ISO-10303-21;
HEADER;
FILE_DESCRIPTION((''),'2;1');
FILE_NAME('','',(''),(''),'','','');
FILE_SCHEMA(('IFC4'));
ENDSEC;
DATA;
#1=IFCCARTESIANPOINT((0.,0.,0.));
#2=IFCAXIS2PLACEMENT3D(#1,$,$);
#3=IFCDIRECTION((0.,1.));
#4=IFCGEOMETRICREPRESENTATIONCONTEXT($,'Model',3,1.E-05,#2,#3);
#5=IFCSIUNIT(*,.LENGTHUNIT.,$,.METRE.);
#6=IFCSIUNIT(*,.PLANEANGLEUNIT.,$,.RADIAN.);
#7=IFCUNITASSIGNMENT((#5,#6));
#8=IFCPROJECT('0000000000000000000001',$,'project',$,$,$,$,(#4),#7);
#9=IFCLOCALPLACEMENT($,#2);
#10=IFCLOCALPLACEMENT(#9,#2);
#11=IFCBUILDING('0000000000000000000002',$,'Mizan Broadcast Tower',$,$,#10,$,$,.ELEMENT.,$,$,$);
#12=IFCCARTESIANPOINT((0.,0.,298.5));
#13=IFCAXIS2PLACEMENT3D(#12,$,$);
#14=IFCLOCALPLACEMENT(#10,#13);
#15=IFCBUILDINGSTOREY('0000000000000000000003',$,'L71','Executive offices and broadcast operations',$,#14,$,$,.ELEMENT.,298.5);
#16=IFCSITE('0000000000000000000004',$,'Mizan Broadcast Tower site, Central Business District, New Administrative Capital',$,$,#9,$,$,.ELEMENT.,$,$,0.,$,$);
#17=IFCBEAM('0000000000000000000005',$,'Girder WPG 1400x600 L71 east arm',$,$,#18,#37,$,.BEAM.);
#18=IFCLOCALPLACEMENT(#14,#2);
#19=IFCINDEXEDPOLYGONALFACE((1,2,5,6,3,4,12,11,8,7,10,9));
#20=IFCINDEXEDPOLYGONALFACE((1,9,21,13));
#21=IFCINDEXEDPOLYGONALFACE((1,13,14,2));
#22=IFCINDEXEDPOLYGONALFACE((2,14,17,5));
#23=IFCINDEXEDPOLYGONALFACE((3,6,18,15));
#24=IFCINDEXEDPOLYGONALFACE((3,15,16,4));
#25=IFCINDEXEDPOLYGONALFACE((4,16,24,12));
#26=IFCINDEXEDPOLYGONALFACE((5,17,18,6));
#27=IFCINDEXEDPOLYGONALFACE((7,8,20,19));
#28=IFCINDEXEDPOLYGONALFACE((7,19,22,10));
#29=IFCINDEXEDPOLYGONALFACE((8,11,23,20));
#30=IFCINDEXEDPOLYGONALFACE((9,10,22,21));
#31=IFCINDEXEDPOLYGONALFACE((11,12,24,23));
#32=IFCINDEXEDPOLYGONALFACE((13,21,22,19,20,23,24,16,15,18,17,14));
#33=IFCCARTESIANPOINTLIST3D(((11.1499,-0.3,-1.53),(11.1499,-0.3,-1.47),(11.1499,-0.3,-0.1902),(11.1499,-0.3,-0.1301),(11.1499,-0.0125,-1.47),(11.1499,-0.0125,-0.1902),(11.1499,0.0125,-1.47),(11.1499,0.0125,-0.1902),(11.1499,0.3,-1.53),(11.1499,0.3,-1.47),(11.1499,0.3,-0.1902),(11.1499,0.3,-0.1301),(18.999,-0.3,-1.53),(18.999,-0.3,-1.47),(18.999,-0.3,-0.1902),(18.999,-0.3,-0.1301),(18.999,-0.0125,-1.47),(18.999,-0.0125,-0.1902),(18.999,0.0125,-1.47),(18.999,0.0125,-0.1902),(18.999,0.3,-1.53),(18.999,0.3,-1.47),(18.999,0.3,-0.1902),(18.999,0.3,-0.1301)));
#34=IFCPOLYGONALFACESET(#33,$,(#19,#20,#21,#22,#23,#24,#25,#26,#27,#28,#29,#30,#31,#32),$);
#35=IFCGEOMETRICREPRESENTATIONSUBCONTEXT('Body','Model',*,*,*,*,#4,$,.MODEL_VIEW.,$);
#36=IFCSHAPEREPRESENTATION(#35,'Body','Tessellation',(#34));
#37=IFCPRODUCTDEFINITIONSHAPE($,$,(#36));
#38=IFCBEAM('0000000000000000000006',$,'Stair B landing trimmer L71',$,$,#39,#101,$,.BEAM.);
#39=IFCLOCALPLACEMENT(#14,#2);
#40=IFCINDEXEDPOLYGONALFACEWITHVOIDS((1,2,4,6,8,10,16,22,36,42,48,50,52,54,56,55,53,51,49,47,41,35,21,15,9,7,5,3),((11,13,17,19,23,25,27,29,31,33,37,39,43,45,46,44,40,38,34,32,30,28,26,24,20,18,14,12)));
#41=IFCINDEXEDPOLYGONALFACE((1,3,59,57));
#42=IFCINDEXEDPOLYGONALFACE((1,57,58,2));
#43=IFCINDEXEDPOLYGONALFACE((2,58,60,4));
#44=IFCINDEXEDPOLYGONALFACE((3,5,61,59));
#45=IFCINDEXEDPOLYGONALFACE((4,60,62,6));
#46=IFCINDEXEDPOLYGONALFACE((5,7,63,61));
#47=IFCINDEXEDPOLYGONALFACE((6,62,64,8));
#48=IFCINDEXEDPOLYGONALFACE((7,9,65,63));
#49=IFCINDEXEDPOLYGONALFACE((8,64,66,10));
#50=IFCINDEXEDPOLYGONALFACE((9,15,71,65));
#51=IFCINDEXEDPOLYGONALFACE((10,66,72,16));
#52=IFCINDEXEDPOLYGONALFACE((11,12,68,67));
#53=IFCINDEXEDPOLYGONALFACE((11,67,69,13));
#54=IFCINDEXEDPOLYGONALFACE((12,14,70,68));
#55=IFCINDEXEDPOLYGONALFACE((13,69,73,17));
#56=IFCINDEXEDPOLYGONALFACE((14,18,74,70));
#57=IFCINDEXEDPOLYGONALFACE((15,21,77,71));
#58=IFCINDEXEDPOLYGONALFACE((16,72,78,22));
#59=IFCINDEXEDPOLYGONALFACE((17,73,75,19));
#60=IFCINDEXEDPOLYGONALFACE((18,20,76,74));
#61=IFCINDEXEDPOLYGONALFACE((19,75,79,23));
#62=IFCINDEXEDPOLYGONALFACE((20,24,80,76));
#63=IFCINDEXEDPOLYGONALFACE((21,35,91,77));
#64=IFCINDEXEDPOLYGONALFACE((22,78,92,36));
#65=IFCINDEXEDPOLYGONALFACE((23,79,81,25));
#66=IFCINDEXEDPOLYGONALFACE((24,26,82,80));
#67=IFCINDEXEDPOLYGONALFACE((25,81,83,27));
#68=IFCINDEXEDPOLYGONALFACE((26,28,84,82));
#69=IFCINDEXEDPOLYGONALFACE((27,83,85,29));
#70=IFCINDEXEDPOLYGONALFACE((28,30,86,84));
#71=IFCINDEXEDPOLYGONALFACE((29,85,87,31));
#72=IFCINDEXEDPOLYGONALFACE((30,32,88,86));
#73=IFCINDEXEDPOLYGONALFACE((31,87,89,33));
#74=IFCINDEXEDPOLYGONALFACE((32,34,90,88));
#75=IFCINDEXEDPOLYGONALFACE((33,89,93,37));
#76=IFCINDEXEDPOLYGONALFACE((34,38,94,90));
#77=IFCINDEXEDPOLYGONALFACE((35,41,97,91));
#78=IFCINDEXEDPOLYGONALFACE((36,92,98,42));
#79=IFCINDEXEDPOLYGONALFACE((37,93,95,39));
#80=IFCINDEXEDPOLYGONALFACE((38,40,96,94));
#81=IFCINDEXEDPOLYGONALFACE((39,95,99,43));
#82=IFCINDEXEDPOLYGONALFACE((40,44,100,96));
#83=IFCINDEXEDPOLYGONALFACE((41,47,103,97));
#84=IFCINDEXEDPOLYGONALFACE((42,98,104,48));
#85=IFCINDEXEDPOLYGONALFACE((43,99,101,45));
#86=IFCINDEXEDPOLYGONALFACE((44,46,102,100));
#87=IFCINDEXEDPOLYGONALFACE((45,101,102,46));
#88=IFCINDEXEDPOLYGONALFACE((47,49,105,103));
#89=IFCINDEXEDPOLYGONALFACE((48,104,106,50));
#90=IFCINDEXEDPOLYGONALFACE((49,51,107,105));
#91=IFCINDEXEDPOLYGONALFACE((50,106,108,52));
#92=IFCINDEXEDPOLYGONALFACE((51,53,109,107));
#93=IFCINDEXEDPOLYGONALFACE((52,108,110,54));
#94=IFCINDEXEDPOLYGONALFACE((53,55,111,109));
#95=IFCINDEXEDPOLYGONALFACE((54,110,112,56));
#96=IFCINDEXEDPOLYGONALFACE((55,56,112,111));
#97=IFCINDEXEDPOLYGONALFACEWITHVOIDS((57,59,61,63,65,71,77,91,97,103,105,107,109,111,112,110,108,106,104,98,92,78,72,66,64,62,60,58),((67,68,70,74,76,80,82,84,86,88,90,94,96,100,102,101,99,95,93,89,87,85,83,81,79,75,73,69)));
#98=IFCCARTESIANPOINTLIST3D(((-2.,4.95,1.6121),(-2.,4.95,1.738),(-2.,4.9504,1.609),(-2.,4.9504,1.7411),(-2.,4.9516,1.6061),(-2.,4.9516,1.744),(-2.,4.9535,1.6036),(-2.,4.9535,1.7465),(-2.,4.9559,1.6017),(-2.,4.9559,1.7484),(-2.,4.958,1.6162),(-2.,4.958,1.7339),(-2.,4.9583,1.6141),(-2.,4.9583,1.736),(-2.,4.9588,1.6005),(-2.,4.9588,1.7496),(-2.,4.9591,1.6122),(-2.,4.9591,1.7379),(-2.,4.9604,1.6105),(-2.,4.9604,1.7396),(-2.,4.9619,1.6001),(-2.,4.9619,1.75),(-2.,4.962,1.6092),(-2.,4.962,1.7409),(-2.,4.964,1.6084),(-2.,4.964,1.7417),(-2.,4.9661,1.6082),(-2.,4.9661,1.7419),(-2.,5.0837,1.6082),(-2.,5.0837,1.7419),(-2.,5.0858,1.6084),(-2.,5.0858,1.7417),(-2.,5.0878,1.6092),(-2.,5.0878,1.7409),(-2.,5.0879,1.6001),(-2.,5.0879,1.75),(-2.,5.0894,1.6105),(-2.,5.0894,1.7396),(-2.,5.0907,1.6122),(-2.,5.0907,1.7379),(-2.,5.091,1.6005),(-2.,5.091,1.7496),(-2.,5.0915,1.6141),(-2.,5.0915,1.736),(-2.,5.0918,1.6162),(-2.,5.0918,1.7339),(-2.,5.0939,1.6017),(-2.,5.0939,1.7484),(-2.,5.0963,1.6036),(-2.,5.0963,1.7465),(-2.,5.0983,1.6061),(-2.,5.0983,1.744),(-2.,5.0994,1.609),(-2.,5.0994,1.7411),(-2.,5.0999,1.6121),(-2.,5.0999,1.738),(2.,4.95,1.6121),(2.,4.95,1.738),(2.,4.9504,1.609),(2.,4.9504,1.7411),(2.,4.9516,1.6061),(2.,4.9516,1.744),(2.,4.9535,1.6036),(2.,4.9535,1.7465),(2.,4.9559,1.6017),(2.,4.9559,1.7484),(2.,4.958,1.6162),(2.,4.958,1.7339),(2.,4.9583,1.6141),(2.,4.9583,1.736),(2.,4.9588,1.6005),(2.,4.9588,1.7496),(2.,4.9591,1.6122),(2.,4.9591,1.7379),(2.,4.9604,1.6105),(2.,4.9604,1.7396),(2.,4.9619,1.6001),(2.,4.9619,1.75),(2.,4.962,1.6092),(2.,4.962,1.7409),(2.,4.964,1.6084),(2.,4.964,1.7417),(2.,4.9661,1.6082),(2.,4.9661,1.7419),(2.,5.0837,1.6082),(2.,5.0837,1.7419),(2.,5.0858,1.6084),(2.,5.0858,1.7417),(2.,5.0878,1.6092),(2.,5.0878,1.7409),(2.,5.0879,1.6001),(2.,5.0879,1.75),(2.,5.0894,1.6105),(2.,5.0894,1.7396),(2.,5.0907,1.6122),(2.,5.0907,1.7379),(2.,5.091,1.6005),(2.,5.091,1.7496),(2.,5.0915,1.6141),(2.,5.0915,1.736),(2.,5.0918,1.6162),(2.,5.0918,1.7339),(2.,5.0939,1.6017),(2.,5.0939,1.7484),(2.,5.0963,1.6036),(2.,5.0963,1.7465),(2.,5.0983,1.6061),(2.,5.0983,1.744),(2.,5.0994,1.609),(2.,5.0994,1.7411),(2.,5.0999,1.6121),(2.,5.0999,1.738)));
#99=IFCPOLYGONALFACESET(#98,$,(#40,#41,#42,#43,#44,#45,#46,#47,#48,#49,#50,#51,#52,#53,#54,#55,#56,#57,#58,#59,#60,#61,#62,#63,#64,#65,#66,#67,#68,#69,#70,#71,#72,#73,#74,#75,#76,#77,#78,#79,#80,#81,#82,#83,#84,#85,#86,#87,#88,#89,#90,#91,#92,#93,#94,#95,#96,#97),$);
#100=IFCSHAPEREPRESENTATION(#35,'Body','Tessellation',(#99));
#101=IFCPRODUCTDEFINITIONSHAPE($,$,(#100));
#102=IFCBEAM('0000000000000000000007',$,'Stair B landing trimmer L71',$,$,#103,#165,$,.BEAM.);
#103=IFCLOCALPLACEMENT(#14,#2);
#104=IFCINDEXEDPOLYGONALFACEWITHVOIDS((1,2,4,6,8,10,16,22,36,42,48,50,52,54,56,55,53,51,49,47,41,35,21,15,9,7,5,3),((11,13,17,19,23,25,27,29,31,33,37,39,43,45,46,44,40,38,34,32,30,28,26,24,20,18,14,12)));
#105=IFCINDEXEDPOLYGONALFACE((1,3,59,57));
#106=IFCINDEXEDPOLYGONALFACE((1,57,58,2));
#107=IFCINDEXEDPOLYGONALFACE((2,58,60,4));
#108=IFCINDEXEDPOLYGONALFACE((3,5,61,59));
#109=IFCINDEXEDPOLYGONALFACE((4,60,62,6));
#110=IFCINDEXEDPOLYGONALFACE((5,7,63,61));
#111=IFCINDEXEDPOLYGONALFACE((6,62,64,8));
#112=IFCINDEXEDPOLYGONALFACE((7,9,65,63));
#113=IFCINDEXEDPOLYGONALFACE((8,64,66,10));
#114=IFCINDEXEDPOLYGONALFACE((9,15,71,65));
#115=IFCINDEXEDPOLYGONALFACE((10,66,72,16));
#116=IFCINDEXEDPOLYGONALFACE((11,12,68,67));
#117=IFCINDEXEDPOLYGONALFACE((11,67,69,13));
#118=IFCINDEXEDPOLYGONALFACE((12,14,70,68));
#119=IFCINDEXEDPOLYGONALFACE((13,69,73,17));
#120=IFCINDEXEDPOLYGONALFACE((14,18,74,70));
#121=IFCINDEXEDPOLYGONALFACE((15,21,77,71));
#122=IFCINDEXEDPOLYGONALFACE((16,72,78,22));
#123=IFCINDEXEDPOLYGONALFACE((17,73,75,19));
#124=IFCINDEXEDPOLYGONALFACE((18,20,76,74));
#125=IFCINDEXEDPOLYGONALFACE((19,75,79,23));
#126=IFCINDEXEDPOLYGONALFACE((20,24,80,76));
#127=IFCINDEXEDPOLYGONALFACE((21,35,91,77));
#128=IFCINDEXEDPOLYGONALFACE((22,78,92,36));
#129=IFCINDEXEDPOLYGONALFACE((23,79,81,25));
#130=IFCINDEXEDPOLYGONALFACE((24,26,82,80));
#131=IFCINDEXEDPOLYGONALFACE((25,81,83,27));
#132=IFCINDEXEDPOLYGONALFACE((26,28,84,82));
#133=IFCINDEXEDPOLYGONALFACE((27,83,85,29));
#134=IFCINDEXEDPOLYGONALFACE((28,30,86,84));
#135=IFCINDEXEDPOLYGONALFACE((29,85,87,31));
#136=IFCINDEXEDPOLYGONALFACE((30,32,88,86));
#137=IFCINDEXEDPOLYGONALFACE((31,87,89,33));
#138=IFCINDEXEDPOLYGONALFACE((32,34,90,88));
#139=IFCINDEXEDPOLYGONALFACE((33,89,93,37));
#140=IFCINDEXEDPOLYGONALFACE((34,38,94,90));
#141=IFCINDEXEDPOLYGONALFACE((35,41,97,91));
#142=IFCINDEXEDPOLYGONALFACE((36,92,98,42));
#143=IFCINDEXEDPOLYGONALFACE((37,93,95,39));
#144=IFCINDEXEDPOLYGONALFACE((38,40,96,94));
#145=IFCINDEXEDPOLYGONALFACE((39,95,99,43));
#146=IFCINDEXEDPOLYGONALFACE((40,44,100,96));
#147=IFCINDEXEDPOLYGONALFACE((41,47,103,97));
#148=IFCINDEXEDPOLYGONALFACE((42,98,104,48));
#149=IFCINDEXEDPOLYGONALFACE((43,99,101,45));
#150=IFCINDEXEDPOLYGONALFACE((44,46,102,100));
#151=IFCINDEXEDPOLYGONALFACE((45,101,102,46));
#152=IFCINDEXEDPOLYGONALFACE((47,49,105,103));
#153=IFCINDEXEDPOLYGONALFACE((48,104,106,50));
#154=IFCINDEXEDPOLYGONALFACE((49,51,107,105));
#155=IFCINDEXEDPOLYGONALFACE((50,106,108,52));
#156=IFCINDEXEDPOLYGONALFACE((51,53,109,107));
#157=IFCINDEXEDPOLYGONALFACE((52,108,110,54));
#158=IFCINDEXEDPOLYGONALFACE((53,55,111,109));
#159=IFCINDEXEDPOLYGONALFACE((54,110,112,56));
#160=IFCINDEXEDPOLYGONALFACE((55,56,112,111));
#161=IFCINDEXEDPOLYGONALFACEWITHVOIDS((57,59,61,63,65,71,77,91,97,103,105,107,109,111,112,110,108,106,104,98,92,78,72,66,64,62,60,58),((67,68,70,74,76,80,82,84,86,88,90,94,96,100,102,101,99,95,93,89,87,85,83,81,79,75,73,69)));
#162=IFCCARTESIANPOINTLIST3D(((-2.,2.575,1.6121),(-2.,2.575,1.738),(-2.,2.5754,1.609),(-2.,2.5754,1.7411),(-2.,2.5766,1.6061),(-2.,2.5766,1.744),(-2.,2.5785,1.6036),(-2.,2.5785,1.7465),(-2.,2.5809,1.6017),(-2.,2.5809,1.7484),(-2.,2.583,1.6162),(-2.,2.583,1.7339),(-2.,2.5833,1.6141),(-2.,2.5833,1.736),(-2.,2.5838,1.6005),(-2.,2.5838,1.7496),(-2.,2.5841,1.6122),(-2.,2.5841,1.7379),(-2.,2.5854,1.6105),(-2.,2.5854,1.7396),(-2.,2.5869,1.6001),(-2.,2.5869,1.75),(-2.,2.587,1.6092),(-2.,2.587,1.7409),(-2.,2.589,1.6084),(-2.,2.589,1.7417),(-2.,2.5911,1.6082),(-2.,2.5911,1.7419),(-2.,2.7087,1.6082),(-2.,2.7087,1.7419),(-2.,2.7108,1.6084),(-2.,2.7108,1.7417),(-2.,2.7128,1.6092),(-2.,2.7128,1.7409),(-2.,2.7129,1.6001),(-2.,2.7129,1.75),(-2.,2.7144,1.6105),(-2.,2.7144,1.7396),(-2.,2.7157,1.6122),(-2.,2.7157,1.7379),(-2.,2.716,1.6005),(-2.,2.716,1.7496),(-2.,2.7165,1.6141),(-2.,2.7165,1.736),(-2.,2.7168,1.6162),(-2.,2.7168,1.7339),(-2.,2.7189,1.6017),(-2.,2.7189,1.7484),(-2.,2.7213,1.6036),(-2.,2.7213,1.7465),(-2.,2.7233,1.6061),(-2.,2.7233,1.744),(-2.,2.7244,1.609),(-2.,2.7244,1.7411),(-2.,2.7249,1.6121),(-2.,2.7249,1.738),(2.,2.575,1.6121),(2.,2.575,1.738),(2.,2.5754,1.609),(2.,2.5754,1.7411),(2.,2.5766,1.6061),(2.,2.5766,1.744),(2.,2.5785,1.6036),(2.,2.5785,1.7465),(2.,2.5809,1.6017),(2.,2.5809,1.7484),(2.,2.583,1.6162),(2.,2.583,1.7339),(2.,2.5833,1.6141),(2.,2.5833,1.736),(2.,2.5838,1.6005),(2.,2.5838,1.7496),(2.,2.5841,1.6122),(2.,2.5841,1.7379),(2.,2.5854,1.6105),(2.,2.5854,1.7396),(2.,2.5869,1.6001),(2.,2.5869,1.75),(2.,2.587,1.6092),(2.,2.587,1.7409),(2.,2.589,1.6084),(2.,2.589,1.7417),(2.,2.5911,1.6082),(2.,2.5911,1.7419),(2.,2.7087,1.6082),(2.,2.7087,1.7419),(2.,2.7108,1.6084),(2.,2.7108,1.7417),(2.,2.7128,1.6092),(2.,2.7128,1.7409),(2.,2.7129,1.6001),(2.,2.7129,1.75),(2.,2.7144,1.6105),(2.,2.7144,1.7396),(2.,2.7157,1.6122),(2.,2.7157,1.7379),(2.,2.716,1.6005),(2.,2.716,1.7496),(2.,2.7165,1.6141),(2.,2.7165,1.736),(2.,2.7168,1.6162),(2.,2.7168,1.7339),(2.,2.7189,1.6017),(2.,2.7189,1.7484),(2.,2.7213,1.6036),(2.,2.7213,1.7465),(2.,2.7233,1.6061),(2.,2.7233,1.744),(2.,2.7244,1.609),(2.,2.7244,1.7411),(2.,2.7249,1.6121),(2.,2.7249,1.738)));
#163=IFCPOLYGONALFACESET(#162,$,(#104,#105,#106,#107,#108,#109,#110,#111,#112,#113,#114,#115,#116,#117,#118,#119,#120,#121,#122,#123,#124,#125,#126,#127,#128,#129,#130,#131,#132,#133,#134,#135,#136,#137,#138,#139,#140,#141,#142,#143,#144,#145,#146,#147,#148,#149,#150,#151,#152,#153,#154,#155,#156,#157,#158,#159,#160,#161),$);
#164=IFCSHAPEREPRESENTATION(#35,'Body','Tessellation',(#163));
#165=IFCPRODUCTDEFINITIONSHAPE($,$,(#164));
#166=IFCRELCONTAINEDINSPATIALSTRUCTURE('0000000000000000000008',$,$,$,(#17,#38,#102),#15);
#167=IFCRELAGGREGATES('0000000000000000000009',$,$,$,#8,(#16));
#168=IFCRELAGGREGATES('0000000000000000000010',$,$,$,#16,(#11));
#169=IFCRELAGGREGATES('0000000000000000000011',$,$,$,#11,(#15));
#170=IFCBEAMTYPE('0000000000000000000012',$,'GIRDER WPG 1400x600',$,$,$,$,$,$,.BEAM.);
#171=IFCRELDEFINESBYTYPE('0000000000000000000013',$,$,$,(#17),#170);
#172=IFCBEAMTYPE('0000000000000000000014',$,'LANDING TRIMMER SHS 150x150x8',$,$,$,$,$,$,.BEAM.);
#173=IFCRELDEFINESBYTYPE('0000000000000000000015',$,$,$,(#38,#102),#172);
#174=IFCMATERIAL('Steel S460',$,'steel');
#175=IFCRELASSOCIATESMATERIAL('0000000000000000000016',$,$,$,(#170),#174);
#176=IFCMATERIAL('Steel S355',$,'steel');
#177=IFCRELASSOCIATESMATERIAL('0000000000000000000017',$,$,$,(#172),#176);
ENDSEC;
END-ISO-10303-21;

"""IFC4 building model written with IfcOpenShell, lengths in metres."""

from ifc_helpers import new_model, si_unit, direction, frame, origin, origin_2d, place, context, subcontext, project, spatial, hollow_rectangle, i_section, extrude, material, material_profile, profile_set, type_object, element, save


model = new_model("IFC4")

# Units and contexts
model_context = context("Model", 3, precision=1e-05, world=origin(), true_north=direction((0.0, 1.0)))
body_context = subcontext(model_context, "Body", "Model", "MODEL_VIEW")
ifc_project = project(units=[si_unit("LENGTHUNIT", "METRE"), si_unit("PLANEANGLEUNIT", "RADIAN")], contexts=[model_context])

# Site, building, storey
site_placement = place(None, origin())
site = spatial("IfcSite", under=ifc_project, at=site_placement, Name="Mizan Broadcast Tower site, Central Business District, New Administrative Capital", CompositionType="ELEMENT", RefElevation=0.0)
building_placement = place(site_placement, origin())
building = spatial("IfcBuilding", under=site, at=building_placement, Name="Mizan Broadcast Tower", CompositionType="ELEMENT")
storey_placement = place(building_placement, frame((0.0, 0.0, 298.5)))
storey = spatial("IfcBuildingStorey", under=building, at=storey_placement, Name="L71", Description="Executive offices and broadcast operations", CompositionType="ELEMENT", Elevation=298.5)

# Beams
ifc_material_1 = material(Name="Steel S460", Category="steel")
ifc_material_profile_1 = material_profile(ifc_material_1, i_section(OverallWidth=0.6001, OverallDepth=1.3999, WebThickness=0.0249, FlangeThickness=0.0601, at=origin_2d()), Name="WPG 1400x600")
ifc_profile_set_1 = profile_set([ifc_material_profile_1], Name="Steel S460")
beam_type_1 = type_object("IfcBeamType", Name="GIRDER WPG 1400x600", PredefinedType="BEAM", material=ifc_profile_set_1)
beam_placement = place(storey_placement, frame((11.1499, 0.0, -0.8301), z_axis=(1.0, 0.0, 0.0), x_axis=(0.0, 1.0, 0.0)))
element("IfcBeam", 1, at=beam_placement, inside=storey, type_object=beam_type_1, Name="Girder WPG 1400x600 L71 east arm", PredefinedType="BEAM", context=body_context, shape_type="SweptSolid", body=[
    extrude(i_section(OverallWidth=0.6001, OverallDepth=1.3999, WebThickness=0.0249, FlangeThickness=0.0601, at=origin_2d()), origin(), (0.0, 0.0, 1.0), 7.8491),
])
ifc_material_2 = material(Name="Steel S355", Category="steel")
ifc_material_profile_2 = material_profile(ifc_material_2, hollow_rectangle(XDim=0.1499, YDim=0.1499, WallThickness=0.0081, InnerFilletRadius=0.0081, OuterFilletRadius=0.012, at=origin_2d()), Name="SHS 150x150x8")
ifc_profile_set_2 = profile_set([ifc_material_profile_2], Name="Steel S355")
beam_type_2 = type_object("IfcBeamType", Name="LANDING TRIMMER SHS 150x150x8", PredefinedType="BEAM", material=ifc_profile_set_2)
for number, where, z_axis, x_axis, name in (
    (2, (2.0, 5.0249, 1.675), (-1.0, 0.0, 0.0), (0.0, -1.0, 0.0), "Stair B landing trimmer L71"),
    (3, (2.0, 2.6499, 1.675), (-1.0, 0.0, 0.0), (0.0, -1.0, 0.0), "Stair B landing trimmer L71"),
):
    element("IfcBeam", number, at=place(storey_placement, frame(where, z_axis=z_axis, x_axis=x_axis)), inside=storey, type_object=beam_type_2, Name=name, PredefinedType="BEAM", context=body_context, shape_type="SweptSolid", body=[
        extrude(hollow_rectangle(XDim=0.1499, YDim=0.1499, WallThickness=0.0081, InnerFilletRadius=0.0081, OuterFilletRadius=0.012, at=origin_2d()), origin(), (0.0, 0.0, 1.0), 4.0),
    ])

save(model, "model.ifc")
